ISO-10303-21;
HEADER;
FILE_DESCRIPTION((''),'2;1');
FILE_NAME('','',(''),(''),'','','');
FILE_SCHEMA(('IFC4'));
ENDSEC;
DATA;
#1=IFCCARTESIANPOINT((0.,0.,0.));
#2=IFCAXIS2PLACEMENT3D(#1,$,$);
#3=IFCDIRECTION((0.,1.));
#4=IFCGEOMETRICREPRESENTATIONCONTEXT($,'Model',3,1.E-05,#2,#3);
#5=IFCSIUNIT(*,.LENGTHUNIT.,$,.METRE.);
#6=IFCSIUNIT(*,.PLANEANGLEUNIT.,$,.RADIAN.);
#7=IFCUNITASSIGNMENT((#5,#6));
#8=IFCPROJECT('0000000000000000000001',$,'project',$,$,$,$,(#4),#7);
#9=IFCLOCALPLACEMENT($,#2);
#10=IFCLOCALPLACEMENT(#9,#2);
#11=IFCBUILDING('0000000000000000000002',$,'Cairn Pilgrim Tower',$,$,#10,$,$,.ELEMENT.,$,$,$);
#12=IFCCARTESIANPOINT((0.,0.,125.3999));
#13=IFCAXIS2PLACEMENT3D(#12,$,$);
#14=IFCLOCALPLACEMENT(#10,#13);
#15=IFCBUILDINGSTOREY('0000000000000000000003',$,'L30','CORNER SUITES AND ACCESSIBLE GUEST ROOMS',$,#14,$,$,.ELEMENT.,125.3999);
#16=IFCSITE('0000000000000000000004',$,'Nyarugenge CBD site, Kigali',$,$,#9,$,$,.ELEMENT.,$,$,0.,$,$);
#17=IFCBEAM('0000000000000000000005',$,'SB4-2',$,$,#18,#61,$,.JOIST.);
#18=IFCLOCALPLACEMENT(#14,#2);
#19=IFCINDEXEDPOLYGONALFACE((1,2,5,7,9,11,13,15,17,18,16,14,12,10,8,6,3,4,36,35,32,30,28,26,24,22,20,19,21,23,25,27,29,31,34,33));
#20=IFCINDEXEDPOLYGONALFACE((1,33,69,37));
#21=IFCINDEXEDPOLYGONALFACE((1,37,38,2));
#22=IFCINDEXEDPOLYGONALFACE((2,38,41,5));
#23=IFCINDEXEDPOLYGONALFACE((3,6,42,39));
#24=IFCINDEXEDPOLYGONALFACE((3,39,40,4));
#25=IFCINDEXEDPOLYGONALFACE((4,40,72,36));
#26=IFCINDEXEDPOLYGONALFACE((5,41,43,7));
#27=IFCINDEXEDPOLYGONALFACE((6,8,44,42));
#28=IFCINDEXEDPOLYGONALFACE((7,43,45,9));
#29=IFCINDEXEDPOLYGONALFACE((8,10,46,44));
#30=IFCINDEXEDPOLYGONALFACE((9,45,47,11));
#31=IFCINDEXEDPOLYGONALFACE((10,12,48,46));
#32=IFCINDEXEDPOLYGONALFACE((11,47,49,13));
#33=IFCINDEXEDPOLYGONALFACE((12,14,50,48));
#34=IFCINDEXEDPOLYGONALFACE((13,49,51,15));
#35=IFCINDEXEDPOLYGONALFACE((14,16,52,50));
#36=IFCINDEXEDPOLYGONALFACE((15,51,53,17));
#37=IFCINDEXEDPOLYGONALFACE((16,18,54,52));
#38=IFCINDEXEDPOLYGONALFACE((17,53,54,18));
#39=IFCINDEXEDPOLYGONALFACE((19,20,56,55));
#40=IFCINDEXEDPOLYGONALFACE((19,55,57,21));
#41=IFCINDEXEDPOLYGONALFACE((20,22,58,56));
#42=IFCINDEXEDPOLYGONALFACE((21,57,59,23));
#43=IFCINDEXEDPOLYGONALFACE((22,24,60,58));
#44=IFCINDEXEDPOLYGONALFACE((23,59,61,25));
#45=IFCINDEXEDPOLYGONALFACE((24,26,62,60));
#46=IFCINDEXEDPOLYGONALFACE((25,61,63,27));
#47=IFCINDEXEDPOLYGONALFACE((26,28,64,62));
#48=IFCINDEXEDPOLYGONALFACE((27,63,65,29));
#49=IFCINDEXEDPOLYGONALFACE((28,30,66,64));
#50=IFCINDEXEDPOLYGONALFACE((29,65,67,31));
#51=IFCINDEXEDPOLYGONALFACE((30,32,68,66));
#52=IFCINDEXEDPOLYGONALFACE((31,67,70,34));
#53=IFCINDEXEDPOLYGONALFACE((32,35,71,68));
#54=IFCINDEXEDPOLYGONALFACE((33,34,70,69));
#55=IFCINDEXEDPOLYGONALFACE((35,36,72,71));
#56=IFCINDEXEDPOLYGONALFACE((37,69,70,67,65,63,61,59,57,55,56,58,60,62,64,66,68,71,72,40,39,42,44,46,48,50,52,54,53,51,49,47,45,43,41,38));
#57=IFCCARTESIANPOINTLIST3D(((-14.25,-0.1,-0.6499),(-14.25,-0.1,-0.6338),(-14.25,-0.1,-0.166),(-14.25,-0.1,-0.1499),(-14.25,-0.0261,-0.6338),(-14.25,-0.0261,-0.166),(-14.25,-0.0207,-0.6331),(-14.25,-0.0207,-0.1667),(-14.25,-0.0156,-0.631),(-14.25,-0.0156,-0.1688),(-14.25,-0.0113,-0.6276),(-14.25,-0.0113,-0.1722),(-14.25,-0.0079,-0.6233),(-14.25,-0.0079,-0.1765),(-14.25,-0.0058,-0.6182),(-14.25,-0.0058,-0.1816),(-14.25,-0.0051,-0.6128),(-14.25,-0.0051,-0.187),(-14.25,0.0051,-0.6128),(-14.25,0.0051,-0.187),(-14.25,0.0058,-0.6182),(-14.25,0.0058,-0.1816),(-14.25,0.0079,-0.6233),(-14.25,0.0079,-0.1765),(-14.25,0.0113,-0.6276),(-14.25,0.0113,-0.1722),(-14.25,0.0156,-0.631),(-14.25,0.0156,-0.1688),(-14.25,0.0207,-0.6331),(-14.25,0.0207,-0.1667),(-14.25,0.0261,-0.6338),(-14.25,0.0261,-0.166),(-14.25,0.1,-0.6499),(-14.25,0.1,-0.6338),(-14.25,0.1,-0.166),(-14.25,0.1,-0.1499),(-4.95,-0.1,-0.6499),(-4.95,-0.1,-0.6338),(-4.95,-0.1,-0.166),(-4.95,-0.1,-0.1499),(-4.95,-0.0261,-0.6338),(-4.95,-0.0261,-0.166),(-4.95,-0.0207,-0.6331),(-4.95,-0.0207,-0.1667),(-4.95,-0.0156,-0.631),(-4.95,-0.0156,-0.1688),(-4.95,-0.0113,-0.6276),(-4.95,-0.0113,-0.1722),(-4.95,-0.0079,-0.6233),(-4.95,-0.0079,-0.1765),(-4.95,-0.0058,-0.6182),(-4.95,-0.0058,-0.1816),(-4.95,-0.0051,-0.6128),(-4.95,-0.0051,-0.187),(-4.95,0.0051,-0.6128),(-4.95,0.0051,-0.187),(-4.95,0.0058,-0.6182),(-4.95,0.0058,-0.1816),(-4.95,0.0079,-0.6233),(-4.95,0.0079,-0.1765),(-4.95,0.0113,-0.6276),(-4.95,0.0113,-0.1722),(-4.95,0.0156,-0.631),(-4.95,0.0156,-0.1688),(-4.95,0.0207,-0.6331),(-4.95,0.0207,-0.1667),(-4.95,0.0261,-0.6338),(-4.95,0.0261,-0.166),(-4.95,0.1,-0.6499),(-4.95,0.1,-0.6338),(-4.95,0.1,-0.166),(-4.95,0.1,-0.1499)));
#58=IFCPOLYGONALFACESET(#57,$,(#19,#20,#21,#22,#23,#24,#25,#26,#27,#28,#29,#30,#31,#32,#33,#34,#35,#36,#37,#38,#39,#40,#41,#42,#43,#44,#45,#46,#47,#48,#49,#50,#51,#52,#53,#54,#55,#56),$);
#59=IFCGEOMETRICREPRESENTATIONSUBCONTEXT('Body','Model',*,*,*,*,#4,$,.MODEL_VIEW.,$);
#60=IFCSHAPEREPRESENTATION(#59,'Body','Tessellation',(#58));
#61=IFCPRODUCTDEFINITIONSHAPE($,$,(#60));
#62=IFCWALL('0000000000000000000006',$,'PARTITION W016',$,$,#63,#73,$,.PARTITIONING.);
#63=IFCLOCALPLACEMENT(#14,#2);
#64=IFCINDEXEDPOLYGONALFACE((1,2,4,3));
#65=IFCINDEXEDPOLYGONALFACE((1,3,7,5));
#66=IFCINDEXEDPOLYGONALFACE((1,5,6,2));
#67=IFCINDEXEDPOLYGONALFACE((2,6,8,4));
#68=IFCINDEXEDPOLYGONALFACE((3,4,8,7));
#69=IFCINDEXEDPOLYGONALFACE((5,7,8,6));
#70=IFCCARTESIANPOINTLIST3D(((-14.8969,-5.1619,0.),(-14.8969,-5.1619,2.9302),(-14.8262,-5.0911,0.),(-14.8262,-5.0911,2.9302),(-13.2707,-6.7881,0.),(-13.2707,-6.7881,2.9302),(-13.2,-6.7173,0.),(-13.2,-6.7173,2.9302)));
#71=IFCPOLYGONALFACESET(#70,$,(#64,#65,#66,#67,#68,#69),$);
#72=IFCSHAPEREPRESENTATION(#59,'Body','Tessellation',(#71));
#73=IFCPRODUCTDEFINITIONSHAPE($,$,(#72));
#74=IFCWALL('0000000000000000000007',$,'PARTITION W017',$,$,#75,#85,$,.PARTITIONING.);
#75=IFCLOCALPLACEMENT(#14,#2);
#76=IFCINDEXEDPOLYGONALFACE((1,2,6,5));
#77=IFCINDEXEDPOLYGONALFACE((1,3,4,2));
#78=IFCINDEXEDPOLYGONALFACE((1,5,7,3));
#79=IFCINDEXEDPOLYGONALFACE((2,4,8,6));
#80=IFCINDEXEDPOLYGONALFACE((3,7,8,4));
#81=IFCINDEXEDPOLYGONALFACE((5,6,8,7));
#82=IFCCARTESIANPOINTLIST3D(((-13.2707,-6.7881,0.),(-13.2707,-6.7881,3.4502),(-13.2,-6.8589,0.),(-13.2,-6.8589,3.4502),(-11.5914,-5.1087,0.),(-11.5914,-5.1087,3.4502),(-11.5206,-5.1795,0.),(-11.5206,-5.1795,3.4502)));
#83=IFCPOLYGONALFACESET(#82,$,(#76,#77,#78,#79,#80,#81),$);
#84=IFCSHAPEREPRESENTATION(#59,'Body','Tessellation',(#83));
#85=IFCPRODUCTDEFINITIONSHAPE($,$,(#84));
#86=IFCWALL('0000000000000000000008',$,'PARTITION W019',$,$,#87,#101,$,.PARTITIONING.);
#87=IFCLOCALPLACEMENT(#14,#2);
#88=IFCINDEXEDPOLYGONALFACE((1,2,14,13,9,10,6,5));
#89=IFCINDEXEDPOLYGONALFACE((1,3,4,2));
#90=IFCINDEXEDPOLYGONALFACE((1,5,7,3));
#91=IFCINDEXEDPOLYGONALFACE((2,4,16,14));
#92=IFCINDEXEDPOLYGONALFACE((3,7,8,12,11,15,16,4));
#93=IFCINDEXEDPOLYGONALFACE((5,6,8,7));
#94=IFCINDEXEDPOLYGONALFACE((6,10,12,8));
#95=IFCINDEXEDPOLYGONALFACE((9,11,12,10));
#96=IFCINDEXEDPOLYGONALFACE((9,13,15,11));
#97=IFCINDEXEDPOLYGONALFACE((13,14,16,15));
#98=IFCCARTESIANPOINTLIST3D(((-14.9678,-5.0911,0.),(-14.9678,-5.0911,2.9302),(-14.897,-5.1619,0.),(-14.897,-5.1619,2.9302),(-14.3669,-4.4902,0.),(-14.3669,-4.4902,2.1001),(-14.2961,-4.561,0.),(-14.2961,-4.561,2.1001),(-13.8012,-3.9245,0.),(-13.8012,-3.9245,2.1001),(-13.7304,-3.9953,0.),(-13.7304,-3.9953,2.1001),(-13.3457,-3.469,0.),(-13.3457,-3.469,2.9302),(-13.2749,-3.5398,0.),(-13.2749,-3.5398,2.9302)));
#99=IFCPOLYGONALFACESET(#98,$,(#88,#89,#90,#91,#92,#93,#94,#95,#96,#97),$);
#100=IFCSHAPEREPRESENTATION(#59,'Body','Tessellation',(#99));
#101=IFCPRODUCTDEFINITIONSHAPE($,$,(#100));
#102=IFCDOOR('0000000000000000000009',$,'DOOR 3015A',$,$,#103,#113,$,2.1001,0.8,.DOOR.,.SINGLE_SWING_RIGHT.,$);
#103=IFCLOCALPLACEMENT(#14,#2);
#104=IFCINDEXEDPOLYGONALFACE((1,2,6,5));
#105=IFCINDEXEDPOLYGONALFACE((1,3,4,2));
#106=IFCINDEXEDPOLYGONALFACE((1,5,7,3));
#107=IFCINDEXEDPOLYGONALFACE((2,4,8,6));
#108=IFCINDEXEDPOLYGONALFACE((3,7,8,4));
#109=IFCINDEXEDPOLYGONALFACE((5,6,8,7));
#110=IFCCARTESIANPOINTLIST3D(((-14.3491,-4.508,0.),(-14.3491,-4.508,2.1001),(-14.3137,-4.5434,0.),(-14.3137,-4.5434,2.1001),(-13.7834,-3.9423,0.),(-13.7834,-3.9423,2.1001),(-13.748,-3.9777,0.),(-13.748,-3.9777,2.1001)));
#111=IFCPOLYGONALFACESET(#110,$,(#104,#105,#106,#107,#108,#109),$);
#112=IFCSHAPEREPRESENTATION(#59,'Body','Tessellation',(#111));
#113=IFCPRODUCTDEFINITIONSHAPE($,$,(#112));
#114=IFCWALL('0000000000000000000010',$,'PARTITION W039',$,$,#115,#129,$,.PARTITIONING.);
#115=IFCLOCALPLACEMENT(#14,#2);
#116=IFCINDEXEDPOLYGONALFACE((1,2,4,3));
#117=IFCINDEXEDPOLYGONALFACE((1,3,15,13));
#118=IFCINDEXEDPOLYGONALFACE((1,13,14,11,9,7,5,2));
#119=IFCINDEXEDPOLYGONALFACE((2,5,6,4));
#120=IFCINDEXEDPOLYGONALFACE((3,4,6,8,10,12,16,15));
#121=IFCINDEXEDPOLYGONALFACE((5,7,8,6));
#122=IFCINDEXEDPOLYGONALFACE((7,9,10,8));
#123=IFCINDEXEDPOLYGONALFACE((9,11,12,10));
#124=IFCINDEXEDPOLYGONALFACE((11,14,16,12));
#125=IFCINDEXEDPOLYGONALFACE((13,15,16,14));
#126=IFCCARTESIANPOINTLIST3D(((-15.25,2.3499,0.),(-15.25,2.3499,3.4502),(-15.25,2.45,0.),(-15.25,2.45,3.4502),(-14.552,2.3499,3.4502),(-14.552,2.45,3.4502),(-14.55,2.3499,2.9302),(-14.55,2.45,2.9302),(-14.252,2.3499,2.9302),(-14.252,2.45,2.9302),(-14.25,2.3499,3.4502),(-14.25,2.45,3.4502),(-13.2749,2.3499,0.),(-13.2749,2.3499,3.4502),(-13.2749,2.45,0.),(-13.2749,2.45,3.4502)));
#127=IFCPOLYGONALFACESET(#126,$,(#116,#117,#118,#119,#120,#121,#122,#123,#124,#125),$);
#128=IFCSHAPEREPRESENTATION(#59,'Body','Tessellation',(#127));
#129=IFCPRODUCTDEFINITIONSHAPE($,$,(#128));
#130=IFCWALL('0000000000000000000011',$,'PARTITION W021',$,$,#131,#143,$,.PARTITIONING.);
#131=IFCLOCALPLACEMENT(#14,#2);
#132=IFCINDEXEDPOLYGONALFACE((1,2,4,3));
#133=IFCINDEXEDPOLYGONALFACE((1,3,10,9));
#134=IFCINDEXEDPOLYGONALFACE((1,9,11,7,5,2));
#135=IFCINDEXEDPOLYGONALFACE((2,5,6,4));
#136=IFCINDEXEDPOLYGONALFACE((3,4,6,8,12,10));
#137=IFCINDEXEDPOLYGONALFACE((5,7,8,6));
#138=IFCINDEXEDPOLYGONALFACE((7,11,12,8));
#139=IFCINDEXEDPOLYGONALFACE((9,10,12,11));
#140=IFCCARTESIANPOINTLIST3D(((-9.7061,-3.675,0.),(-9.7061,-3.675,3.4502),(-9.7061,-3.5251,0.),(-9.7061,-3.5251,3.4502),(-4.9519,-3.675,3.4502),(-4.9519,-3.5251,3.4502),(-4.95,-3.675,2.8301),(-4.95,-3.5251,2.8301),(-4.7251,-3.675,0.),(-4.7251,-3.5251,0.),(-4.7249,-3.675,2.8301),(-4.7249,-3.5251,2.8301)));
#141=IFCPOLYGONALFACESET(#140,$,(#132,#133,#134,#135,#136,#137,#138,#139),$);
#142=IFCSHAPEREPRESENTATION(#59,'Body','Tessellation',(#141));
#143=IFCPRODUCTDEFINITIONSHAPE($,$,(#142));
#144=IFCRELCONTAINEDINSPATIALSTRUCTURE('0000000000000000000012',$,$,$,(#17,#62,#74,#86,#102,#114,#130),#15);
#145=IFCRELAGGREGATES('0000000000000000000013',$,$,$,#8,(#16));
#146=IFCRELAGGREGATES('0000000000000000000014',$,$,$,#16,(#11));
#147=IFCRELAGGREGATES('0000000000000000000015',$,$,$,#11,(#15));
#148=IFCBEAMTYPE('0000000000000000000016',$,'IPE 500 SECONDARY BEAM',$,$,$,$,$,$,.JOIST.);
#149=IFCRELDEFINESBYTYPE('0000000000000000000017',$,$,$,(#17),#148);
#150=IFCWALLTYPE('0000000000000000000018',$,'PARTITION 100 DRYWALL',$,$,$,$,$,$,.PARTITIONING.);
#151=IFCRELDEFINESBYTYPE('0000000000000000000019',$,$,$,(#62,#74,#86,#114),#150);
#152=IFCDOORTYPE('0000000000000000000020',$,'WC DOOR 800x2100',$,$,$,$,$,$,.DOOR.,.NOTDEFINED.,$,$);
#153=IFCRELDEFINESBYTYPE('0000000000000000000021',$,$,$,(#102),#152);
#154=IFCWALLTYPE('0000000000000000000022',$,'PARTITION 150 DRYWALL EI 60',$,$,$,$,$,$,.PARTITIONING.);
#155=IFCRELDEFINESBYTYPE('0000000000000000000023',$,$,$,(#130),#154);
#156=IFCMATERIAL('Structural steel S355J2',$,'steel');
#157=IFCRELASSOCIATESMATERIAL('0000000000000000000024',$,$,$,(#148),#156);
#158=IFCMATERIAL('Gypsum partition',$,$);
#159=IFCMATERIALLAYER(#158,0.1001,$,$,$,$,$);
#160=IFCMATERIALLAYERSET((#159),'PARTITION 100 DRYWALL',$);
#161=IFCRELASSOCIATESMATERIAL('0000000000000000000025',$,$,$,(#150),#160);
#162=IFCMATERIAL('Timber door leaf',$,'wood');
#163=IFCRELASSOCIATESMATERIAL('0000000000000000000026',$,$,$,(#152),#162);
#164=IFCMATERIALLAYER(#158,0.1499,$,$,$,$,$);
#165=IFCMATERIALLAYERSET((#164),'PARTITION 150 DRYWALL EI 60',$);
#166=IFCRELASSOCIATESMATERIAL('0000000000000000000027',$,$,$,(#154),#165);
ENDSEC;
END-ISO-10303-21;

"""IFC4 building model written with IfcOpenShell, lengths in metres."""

from ifc_helpers import new_model, si_unit, direction, frame, frame_2d, origin, origin_2d, place, context, subcontext, project, spatial, polyline, rectangle, i_section, outline, extrude, material, layer, layer_set, material_profile, profile_set, type_object, element, fill, save


model = new_model("IFC4")

# Units and contexts
model_context = context("Model", 3, precision=1e-05, world=origin(), true_north=direction((0.0, 1.0)))
body_context = subcontext(model_context, "Body", "Model", "MODEL_VIEW")
ifc_project = project(units=[si_unit("LENGTHUNIT", "METRE"), si_unit("PLANEANGLEUNIT", "RADIAN")], contexts=[model_context])

# Site, building, storey
site_placement = place(None, origin())
site = spatial("IfcSite", under=ifc_project, at=site_placement, Name="Nyarugenge CBD site, Kigali", CompositionType="ELEMENT", RefElevation=0.0)
building_placement = place(site_placement, origin())
building = spatial("IfcBuilding", under=site, at=building_placement, Name="Cairn Pilgrim Tower", CompositionType="ELEMENT")
storey_placement = place(building_placement, frame((0.0, 0.0, 125.3999)))
storey = spatial("IfcBuildingStorey", under=building, at=storey_placement, Name="L30", Description="CORNER SUITES AND ACCESSIBLE GUEST ROOMS", CompositionType="ELEMENT", Elevation=125.3999)

# Shared definitions
ifc_material_1 = material(Name="Structural steel S355J2", Category="steel")

# Beam
ifc_material_profile_1 = material_profile(ifc_material_1, i_section(OverallWidth=0.2, OverallDepth=0.5, WebThickness=0.0103, FlangeThickness=0.0161, FilletRadius=0.021, at=origin_2d()), Name="IPE 500")
ifc_profile_set_1 = profile_set([ifc_material_profile_1], Name="Structural steel S355J2")
beam_type_1 = type_object("IfcBeamType", Name="IPE 500 SECONDARY BEAM", PredefinedType="JOIST", material=ifc_profile_set_1)
for number, where, z_axis, x_axis, name in (
    (1, (-14.25, 0.0, -0.3999), (1.0, 0.0, 0.0), (0.0, 1.0, 0.0), "SB4-2"),
):
    element("IfcBeam", number, at=place(storey_placement, frame(where, z_axis=z_axis, x_axis=x_axis)), inside=storey, type_object=beam_type_1, Name=name, PredefinedType="JOIST", context=body_context, shape_type="SweptSolid", body=[
        extrude(i_section(OverallWidth=0.2, OverallDepth=0.5, WebThickness=0.0103, FlangeThickness=0.0161, FilletRadius=0.021, at=origin_2d()), origin(), (0.0, 0.0, 1.0), 9.3),
    ])

# Walls
ifc_material_2 = material(Name="Gypsum partition")
ifc_layer_1 = layer(ifc_material_2, 0.1001)
ifc_layer_set_1 = layer_set([ifc_layer_1], Name="PARTITION 100 DRYWALL")
wall_type_1 = type_object("IfcWallType", Name="PARTITION 100 DRYWALL", PredefinedType="PARTITIONING", material=ifc_layer_set_1)
wall_1_placement = place(storey_placement, frame((-13.2354, -6.7527, 0.0), z_axis=(0.0, 0.0, 1.0), x_axis=(-0.707107, 0.707107, 0.0)))
element("IfcWall", 2, at=wall_1_placement, inside=storey, type_object=wall_type_1, Name="PARTITION W016", PredefinedType="PARTITIONING", context=body_context, shape_type="SweptSolid", body=[
    extrude(rectangle(XDim=2.2998, YDim=0.1001, at=frame_2d((1.1499, 0.0))), origin(), (0.0, 0.0, 1.0), 2.9302),
])
wall_2_placement = place(storey_placement, frame((-13.2354, -6.8235, 0.0), z_axis=(0.0, 0.0, 1.0), x_axis=(0.707107, 0.707107, 0.0)))
element("IfcWall", 3, at=wall_2_placement, inside=storey, type_object=wall_type_1, Name="PARTITION W017", PredefinedType="PARTITIONING", context=body_context, shape_type="SweptSolid", body=[
    extrude(rectangle(XDim=2.375, YDim=0.1001, at=frame_2d((1.1875, 0.0))), origin(), (0.0, 0.0, 1.0), 3.4502),
])

# Wall, opening, door
wall_3_placement = place(storey_placement, frame((-14.9324, -5.1265, 0.0), z_axis=(0.0, 0.0, 1.0), x_axis=(0.707107, 0.707107, 0.0)))
wall_3 = element("IfcWall", 4, at=wall_3_placement, inside=storey, type_object=wall_type_1, Name="PARTITION W019", PredefinedType="PARTITIONING", context=body_context, shape_type="SweptSolid", body=[
    extrude(rectangle(XDim=2.2939, YDim=0.1001, at=frame_2d((1.147, 0.0))), origin(), (0.0, 0.0, 1.0), 2.9302),
])
opening_1_placement = place(wall_3_placement, frame((0.8499, 0.0, 0.0)))
opening_1 = element("IfcOpeningElement", 5, at=opening_1_placement, cuts=wall_3, PredefinedType="OPENING", context=body_context, shape_type="SweptSolid", body=[
    extrude(rectangle(XDim=0.8, YDim=2.1001, at=frame_2d((0.3999, 1.05))), frame((0.0, 0.0601, 0.0), z_axis=(0.0, -1.0, 0.0), x_axis=(1.0, 0.0, 0.0)), (0.0, 0.0, 1.0), 0.1201),
])
ifc_material_3 = material(Name="Timber door leaf", Category="wood")
door_type_1 = type_object("IfcDoorType", Name="WC DOOR 800x2100", OperationType="NOTDEFINED", PredefinedType="DOOR", material=ifc_material_3)
door_1_placement = place(opening_1_placement, origin())
door_1 = element("IfcDoor", 6, at=door_1_placement, inside=storey, type_object=door_type_1, Name="DOOR 3015A", OperationType="SINGLE_SWING_RIGHT", OverallHeight=2.1001, OverallWidth=0.8, PredefinedType="DOOR", context=body_context, shape_type="SweptSolid", body=[
    extrude(rectangle(XDim=0.8, YDim=2.1001, at=frame_2d((0.3999, 1.05))), frame((0.0, 0.0249, 0.0), z_axis=(0.0, -1.0, 0.0), x_axis=(1.0, 0.0, 0.0)), (0.0, 0.0, 1.0), 0.05),
])
fill(opening_1, door_1)

# Walls
wall_4_placement = place(storey_placement, frame((-15.25, 2.3999, 0.0), z_axis=(0.0, 0.0, 1.0), x_axis=(1.0, 0.0, 0.0)))
element("IfcWall", 7, at=wall_4_placement, inside=storey, type_object=wall_type_1, Name="PARTITION W039", PredefinedType="PARTITIONING", context=body_context, shape_type="SweptSolid", body=[
    extrude(outline(polyline([(0.0, 0.0), (1.9751, 0.0), (1.9751, 3.4502), (1.0, 3.4502), (0.998, 2.9302), (0.7, 2.9302), (0.698, 3.4502), (0.0, 3.4502), (0.0, 0.0)])), frame((0.0, 0.05, 0.0), z_axis=(0.0, -1.0, 0.0), x_axis=(1.0, 0.0, 0.0)), (0.0, 0.0, 1.0), 0.1001),
])
ifc_layer_2 = layer(ifc_material_2, 0.1499)
ifc_layer_set_2 = layer_set([ifc_layer_2], Name="PARTITION 150 DRYWALL EI 60")
wall_type_2 = type_object("IfcWallType", Name="PARTITION 150 DRYWALL EI 60", PredefinedType="PARTITIONING", material=ifc_layer_set_2)
wall_5_placement = place(storey_placement, frame((-9.7061, -3.6001, 0.0), z_axis=(0.0, 0.0, 1.0), x_axis=(1.0, 0.0, 0.0)))
element("IfcWall", 8, at=wall_5_placement, inside=storey, type_object=wall_type_2, Name="PARTITION W021", PredefinedType="PARTITIONING", context=body_context, shape_type="SweptSolid", body=[
    extrude(outline(polyline([(0.0, 0.0), (4.981, 0.0), (4.9812, 2.8301), (4.7561, 2.8301), (4.7542, 3.4502), (0.0, 3.4502), (0.0, 0.0)])), frame((0.0, 0.075, 0.0), z_axis=(0.0, -1.0, 0.0), x_axis=(1.0, 0.0, 0.0)), (0.0, 0.0, 1.0), 0.1499),
])

save(model, "model.ifc")
